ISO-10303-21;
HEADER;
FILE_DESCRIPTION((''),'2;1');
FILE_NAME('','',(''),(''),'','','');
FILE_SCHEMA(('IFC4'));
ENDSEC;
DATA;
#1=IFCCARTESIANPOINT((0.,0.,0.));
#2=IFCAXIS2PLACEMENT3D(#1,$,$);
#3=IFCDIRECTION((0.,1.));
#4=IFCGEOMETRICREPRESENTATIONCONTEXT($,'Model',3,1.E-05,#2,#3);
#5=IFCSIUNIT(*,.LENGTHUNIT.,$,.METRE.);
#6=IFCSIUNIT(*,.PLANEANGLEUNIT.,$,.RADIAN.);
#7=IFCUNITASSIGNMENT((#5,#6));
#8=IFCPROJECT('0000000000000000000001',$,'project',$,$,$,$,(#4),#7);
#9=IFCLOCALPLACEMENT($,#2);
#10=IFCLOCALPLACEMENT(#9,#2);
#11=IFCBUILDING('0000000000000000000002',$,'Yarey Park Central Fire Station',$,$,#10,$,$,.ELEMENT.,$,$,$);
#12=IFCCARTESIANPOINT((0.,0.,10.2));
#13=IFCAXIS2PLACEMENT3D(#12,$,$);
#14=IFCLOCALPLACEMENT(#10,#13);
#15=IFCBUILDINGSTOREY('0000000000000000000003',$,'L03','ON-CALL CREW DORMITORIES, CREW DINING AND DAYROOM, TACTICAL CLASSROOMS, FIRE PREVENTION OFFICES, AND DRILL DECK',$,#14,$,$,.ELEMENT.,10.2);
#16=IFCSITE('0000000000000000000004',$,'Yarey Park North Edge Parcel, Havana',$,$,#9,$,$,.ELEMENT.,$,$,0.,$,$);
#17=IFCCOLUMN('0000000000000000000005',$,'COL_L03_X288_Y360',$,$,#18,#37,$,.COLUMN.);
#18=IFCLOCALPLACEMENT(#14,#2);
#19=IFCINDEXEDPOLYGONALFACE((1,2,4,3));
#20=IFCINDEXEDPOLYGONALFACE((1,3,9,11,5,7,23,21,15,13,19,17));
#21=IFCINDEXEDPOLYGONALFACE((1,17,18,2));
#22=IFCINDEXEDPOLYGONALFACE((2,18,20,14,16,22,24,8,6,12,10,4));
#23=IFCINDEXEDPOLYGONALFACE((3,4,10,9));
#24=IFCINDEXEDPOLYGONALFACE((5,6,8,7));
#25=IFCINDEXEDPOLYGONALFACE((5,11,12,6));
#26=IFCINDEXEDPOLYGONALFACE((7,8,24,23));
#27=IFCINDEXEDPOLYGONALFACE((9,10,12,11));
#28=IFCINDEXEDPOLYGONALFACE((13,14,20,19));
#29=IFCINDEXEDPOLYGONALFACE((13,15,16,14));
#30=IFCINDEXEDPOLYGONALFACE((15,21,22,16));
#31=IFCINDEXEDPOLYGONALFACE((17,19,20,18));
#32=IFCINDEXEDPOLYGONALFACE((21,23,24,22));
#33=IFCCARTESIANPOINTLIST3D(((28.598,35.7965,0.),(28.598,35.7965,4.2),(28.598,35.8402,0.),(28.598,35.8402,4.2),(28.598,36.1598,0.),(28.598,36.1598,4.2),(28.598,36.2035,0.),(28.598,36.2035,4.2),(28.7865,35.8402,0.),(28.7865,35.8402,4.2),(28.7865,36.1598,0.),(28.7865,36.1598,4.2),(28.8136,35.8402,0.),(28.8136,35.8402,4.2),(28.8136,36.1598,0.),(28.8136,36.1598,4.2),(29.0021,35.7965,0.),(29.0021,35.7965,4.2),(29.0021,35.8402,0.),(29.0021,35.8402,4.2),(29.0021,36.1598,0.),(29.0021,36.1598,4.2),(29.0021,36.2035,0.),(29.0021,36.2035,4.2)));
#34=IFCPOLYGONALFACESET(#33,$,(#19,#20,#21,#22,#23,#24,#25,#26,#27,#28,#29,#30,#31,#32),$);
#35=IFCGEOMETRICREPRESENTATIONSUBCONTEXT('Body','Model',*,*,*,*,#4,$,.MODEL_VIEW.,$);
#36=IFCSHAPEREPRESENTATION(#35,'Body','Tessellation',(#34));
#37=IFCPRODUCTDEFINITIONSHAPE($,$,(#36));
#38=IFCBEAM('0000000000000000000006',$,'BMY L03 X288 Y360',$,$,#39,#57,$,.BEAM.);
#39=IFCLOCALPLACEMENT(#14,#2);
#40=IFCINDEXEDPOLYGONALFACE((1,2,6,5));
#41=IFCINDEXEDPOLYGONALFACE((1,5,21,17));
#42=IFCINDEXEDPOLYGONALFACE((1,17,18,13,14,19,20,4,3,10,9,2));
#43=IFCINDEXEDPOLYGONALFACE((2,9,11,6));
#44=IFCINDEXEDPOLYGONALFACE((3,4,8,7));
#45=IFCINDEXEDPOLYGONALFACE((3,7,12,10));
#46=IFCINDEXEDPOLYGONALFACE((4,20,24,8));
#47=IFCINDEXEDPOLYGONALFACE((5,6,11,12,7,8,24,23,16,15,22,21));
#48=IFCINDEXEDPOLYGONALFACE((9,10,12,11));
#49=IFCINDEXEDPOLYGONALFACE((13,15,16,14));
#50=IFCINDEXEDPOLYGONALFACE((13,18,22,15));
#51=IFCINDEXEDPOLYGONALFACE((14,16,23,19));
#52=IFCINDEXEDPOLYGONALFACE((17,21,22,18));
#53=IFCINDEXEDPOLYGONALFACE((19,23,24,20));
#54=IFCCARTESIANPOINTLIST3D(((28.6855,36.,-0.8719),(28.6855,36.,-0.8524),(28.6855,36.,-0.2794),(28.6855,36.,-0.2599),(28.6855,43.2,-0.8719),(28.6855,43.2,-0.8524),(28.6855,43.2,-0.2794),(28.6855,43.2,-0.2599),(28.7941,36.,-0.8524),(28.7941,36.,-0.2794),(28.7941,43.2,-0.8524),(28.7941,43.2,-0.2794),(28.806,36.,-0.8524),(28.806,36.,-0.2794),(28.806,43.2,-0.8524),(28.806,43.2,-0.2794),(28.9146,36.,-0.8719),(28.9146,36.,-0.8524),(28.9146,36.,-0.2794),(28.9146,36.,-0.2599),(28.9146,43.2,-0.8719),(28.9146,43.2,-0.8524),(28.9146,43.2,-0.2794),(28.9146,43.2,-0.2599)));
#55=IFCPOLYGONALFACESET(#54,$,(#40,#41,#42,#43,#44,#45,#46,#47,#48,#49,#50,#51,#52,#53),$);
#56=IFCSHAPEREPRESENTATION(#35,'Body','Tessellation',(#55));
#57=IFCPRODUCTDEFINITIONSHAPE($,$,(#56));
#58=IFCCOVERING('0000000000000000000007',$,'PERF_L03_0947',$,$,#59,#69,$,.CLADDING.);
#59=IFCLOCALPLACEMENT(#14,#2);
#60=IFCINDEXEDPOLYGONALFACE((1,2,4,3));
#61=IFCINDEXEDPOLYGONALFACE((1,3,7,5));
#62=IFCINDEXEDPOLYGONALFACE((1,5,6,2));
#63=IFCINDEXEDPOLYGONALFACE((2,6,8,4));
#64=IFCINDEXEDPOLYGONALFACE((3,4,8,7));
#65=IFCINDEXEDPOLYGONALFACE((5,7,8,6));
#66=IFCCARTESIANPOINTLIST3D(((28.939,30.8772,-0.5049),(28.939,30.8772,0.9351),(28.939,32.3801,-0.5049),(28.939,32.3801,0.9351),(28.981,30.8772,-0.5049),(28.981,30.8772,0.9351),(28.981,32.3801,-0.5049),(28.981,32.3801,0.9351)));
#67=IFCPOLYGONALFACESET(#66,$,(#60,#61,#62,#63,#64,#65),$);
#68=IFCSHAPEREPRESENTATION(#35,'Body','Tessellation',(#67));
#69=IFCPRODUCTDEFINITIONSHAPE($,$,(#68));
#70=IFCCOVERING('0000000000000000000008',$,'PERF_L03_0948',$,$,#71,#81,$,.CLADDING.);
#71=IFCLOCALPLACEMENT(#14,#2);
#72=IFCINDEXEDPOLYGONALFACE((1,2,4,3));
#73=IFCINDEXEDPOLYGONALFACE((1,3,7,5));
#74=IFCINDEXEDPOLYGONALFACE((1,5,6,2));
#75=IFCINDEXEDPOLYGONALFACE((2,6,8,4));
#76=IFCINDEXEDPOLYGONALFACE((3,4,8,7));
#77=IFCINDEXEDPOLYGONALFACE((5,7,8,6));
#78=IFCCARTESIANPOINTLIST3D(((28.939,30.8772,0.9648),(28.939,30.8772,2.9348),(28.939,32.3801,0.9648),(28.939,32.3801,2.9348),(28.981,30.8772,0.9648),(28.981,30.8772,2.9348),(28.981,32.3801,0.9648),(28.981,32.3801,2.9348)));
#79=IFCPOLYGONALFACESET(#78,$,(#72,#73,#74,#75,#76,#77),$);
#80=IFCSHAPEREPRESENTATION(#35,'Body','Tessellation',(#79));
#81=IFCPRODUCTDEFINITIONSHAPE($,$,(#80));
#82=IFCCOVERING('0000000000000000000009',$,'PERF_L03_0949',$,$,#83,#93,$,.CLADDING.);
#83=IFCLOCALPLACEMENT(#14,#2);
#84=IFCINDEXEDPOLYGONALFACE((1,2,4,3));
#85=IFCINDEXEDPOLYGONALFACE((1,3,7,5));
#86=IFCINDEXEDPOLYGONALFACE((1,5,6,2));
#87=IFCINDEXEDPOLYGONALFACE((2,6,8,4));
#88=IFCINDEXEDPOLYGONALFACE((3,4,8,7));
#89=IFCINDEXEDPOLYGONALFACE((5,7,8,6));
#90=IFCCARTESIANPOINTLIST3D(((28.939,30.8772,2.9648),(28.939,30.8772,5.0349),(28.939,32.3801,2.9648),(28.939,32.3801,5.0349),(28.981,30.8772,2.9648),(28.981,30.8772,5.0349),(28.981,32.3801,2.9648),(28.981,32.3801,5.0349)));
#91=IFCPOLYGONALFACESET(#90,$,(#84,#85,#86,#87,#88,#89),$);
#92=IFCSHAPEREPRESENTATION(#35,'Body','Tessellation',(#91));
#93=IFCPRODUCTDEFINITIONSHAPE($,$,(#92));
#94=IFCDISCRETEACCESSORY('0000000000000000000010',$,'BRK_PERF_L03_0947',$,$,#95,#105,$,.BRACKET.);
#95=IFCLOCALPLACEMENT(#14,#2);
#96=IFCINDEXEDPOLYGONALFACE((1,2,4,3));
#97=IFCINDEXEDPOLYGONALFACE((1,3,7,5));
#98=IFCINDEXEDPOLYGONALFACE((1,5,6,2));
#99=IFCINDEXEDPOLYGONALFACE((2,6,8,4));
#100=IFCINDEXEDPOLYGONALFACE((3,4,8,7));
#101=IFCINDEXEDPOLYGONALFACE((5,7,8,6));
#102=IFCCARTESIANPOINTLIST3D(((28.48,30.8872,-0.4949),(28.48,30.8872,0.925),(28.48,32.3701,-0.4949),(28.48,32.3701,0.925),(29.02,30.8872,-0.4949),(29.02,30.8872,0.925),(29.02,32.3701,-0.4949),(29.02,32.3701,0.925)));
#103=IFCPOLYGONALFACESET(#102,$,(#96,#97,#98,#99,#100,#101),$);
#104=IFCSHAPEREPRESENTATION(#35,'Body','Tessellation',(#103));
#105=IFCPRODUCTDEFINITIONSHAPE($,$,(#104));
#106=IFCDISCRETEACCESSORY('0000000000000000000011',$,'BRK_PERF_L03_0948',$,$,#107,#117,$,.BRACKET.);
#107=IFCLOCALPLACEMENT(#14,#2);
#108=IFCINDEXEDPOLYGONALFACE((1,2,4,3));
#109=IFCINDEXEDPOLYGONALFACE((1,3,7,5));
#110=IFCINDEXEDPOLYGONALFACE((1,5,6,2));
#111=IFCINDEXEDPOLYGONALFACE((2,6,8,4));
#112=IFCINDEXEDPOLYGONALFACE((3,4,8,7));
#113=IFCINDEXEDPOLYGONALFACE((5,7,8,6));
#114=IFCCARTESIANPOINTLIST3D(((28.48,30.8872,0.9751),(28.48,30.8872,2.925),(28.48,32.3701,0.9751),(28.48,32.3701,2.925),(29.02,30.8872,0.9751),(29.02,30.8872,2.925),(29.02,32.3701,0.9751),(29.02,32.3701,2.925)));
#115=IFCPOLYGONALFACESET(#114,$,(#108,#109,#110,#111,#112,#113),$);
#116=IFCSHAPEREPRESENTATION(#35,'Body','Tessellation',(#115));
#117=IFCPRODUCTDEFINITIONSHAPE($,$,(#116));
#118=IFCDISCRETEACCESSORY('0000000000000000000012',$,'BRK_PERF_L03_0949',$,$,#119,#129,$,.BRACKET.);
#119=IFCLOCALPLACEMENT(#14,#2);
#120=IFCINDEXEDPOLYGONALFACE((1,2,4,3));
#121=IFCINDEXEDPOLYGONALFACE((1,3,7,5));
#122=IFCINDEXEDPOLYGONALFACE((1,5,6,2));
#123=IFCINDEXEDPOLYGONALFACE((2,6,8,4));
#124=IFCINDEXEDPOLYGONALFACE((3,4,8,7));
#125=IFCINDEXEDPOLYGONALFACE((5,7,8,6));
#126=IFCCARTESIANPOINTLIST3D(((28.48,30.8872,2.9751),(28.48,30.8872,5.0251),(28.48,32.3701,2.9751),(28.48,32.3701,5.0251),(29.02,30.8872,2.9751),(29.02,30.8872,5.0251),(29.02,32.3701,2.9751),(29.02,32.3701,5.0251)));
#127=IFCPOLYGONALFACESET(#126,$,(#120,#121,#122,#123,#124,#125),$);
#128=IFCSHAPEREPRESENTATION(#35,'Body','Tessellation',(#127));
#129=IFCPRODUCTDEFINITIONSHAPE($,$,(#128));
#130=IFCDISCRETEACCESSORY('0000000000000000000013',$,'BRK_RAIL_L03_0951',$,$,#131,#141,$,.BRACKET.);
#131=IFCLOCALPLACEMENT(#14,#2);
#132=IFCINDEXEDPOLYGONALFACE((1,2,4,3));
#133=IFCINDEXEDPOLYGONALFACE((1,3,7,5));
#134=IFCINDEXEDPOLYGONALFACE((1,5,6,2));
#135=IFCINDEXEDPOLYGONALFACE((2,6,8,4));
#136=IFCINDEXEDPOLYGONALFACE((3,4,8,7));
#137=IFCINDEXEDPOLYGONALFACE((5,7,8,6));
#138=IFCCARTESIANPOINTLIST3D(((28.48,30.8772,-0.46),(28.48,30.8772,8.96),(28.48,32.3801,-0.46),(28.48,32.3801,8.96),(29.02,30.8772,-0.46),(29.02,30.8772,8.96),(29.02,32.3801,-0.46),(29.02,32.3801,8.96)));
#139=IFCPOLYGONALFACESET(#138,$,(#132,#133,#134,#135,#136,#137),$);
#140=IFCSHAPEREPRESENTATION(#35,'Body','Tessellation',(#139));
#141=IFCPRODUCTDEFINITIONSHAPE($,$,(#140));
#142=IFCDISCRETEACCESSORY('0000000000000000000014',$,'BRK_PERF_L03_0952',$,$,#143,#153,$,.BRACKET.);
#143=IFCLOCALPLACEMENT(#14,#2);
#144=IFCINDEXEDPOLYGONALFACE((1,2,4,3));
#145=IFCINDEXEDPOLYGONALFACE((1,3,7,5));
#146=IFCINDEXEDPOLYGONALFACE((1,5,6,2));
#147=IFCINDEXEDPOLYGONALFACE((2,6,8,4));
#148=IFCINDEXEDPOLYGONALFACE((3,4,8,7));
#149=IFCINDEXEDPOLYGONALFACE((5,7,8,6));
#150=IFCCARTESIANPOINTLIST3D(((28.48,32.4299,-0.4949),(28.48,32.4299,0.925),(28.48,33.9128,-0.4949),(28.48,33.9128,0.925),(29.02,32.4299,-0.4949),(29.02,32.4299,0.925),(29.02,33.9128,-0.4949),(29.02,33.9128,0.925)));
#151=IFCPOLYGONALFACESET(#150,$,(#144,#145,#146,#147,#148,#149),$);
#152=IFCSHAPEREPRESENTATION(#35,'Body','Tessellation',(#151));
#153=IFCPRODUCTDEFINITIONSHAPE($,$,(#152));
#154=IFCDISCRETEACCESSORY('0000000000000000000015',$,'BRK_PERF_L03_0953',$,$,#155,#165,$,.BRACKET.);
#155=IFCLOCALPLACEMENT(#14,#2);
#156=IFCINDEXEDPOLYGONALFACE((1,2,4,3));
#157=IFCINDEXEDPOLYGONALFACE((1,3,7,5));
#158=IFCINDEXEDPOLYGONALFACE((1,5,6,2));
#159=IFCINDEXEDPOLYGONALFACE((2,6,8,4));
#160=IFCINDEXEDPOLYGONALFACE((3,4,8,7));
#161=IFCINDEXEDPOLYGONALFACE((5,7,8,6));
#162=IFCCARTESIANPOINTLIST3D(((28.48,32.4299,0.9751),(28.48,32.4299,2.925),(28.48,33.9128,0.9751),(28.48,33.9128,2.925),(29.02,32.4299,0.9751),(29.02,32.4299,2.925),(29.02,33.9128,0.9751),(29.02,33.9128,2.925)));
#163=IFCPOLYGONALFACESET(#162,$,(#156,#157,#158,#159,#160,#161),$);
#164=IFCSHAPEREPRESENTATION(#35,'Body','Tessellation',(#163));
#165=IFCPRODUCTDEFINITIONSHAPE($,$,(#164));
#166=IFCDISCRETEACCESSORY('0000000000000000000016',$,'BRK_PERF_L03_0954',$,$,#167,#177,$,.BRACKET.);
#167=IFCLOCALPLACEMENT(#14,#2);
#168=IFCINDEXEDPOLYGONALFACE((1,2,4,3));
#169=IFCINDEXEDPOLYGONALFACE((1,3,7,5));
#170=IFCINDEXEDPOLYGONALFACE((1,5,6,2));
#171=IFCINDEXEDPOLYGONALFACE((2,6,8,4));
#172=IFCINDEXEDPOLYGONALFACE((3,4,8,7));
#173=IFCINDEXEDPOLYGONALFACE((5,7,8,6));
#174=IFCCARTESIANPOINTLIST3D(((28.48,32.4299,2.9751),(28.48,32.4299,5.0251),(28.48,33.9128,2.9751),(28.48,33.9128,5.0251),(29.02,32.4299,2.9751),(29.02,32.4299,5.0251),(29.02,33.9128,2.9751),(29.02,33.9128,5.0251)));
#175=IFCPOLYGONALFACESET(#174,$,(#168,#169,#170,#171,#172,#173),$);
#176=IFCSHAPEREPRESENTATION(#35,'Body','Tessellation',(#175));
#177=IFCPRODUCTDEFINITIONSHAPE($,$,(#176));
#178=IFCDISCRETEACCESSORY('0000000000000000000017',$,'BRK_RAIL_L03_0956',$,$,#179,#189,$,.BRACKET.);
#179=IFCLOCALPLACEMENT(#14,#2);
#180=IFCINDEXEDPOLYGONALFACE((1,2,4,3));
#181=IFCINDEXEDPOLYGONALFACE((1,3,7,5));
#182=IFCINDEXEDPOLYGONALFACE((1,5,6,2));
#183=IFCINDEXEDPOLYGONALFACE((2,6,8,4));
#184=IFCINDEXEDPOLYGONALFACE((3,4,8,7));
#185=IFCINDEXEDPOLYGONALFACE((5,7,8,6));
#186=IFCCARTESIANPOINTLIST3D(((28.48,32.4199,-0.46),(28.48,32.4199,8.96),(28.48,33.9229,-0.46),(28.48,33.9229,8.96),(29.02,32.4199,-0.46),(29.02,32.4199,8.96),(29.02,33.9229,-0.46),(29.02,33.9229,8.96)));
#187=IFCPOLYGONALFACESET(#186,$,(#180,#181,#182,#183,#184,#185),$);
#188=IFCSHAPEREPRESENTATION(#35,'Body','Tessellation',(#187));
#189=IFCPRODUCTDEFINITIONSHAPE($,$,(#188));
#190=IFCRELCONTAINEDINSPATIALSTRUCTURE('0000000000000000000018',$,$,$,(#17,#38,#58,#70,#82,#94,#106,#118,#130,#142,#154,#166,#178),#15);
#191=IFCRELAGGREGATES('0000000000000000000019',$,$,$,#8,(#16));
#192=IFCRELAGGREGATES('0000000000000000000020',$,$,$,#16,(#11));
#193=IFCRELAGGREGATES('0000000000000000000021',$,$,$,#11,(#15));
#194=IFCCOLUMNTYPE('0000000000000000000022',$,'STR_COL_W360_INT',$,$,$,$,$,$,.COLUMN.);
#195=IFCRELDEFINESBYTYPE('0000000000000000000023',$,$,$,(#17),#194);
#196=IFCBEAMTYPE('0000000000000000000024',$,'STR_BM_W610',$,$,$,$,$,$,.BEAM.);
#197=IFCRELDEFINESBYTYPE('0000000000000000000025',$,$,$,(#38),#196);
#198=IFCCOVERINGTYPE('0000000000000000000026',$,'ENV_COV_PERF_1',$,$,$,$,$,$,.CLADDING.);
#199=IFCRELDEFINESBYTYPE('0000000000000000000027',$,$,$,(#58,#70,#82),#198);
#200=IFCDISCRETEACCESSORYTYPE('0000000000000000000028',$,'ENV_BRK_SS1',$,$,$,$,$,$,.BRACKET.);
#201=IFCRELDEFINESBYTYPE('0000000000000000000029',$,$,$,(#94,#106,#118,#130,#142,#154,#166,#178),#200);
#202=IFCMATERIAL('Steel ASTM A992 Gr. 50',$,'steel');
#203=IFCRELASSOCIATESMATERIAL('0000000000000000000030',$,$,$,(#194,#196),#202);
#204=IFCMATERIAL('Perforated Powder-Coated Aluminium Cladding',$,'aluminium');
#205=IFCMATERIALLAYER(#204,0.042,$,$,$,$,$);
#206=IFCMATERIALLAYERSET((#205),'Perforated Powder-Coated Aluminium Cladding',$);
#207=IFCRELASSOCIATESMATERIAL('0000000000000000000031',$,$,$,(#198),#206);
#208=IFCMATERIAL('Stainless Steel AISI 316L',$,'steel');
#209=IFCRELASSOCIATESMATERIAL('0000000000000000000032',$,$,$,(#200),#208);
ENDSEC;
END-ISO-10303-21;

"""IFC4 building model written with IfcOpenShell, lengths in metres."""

from ifc_helpers import new_model, si_unit, direction, frame, origin, origin_2d, place, context, subcontext, project, spatial, rectangle, i_section, extrude, material, layer, layer_set, material_profile, profile_set, type_object, element, save


model = new_model("IFC4")

# Units and contexts
model_context = context("Model", 3, precision=1e-05, world=origin(), true_north=direction((0.0, 1.0)))
body_context = subcontext(model_context, "Body", "Model", "MODEL_VIEW")
ifc_project = project(units=[si_unit("LENGTHUNIT", "METRE"), si_unit("PLANEANGLEUNIT", "RADIAN")], contexts=[model_context])

# Site, building, storey
site_placement = place(None, origin())
site = spatial("IfcSite", under=ifc_project, at=site_placement, Name="Yarey Park North Edge Parcel, Havana", CompositionType="ELEMENT", RefElevation=0.0)
building_placement = place(site_placement, origin())
building = spatial("IfcBuilding", under=site, at=building_placement, Name="Yarey Park Central Fire Station", CompositionType="ELEMENT")
storey_placement = place(building_placement, frame((0.0, 0.0, 10.2)))
storey = spatial("IfcBuildingStorey", under=building, at=storey_placement, Name="L03", Description="ON-CALL CREW DORMITORIES, CREW DINING AND DAYROOM, TACTICAL CLASSROOMS, FIRE PREVENTION OFFICES, AND DRILL DECK", CompositionType="ELEMENT", Elevation=10.2)

# Column
ifc_material_1 = material(Name="Steel ASTM A992 Gr. 50", Category="steel")
ifc_material_profile_1 = material_profile(ifc_material_1, i_section(OverallWidth=0.4041, OverallDepth=0.407, WebThickness=0.0271, FlangeThickness=0.0437, at=origin_2d()), Name="W360x347")
ifc_profile_set_1 = profile_set([ifc_material_profile_1], Name="Steel ASTM A992 Gr. 50")
column_type = type_object("IfcColumnType", Name="STR_COL_W360_INT", PredefinedType="COLUMN", material=ifc_profile_set_1)
column_placement = place(storey_placement, frame((28.8, 36.0, 0.0), z_axis=(0.0, 0.0, 1.0), x_axis=(1.0, 0.0, 0.0)))
element("IfcColumn", 1, at=column_placement, inside=storey, type_object=column_type, Name="COL_L03_X288_Y360", PredefinedType="COLUMN", context=body_context, shape_type="SweptSolid", body=[
    extrude(i_section(OverallWidth=0.4041, OverallDepth=0.407, WebThickness=0.0271, FlangeThickness=0.0437, at=origin_2d()), origin(), (0.0, 0.0, 1.0), 4.2),
])

# Beam
ifc_material_profile_2 = material_profile(ifc_material_1, i_section(OverallWidth=0.229, OverallDepth=0.6121, WebThickness=0.012, FlangeThickness=0.0195, at=origin_2d()), Name="W610x125")
ifc_profile_set_2 = profile_set([ifc_material_profile_2], Name="Steel ASTM A992 Gr. 50")
beam_type = type_object("IfcBeamType", Name="STR_BM_W610", PredefinedType="BEAM", material=ifc_profile_set_2)
beam_placement = place(storey_placement, frame((28.8, 36.0, -0.5659), z_axis=(0.0, 1.0, 0.0), x_axis=(-1.0, 0.0, 0.0)))
element("IfcBeam", 2, at=beam_placement, inside=storey, type_object=beam_type, Name="BMY L03 X288 Y360", PredefinedType="BEAM", context=body_context, shape_type="SweptSolid", body=[
    extrude(i_section(OverallWidth=0.229, OverallDepth=0.6121, WebThickness=0.012, FlangeThickness=0.0195, at=origin_2d()), origin(), (0.0, 0.0, 1.0), 7.2),
])

# Coverings
ifc_material_2 = material(Name="Perforated Powder-Coated Aluminium Cladding", Category="aluminium")
ifc_layer = layer(ifc_material_2, 0.042)
ifc_layer_set = layer_set([ifc_layer], Name="Perforated Powder-Coated Aluminium Cladding")
covering_type = type_object("IfcCoveringType", Name="ENV_COV_PERF_1", PredefinedType="CLADDING", material=ifc_layer_set)
covering_1_placement = place(storey_placement, frame((28.96, 31.6287, -0.5049), z_axis=(0.0, 0.0, 1.0), x_axis=(0.0, 1.0, 0.0)))
element("IfcCovering", 3, at=covering_1_placement, inside=storey, type_object=covering_type, Name="PERF_L03_0947", PredefinedType="CLADDING", context=body_context, shape_type="SweptSolid", body=[
    extrude(rectangle(XDim=1.5029, YDim=0.042, at=origin_2d()), origin(), (0.0, 0.0, 1.0), 1.4399),
])
covering_2_placement = place(storey_placement, frame((28.96, 31.6287, 0.9648), z_axis=(0.0, 0.0, 1.0), x_axis=(0.0, 1.0, 0.0)))
element("IfcCovering", 4, at=covering_2_placement, inside=storey, type_object=covering_type, Name="PERF_L03_0948", PredefinedType="CLADDING", context=body_context, shape_type="SweptSolid", body=[
    extrude(rectangle(XDim=1.5029, YDim=0.042, at=origin_2d()), origin(), (0.0, 0.0, 1.0), 1.97),
])
covering_3_placement = place(storey_placement, frame((28.96, 31.6287, 2.9648), z_axis=(0.0, 0.0, 1.0), x_axis=(0.0, 1.0, 0.0)))
element("IfcCovering", 5, at=covering_3_placement, inside=storey, type_object=covering_type, Name="PERF_L03_0949", PredefinedType="CLADDING", context=body_context, shape_type="SweptSolid", body=[
    extrude(rectangle(XDim=1.5029, YDim=0.042, at=origin_2d()), origin(), (0.0, 0.0, 1.0), 2.0701),
])

# Discrete accessories
ifc_material_3 = material(Name="Stainless Steel AISI 316L", Category="steel")
discrete_accessory_type = type_object("IfcDiscreteAccessoryType", Name="ENV_BRK_SS1", PredefinedType="BRACKET", material=ifc_material_3)
discrete_accessory_1_placement = place(storey_placement, frame((28.75, 31.6287, -0.4949), z_axis=(0.0, 0.0, 1.0), x_axis=(1.0, 0.0, 0.0)))
element("IfcDiscreteAccessory", 6, at=discrete_accessory_1_placement, inside=storey, type_object=discrete_accessory_type, Name="BRK_PERF_L03_0947", PredefinedType="BRACKET", context=body_context, shape_type="SweptSolid", body=[
    extrude(rectangle(XDim=0.54, YDim=1.4829, at=origin_2d()), origin(), (0.0, 0.0, 1.0), 1.4199),
])
discrete_accessory_2_placement = place(storey_placement, frame((28.75, 31.6287, 0.9751), z_axis=(0.0, 0.0, 1.0), x_axis=(1.0, 0.0, 0.0)))
element("IfcDiscreteAccessory", 7, at=discrete_accessory_2_placement, inside=storey, type_object=discrete_accessory_type, Name="BRK_PERF_L03_0948", PredefinedType="BRACKET", context=body_context, shape_type="SweptSolid", body=[
    extrude(rectangle(XDim=0.54, YDim=1.4829, at=origin_2d()), origin(), (0.0, 0.0, 1.0), 1.95),
])
discrete_accessory_3_placement = place(storey_placement, frame((28.75, 31.6287, 2.9751), z_axis=(0.0, 0.0, 1.0), x_axis=(1.0, 0.0, 0.0)))
element("IfcDiscreteAccessory", 8, at=discrete_accessory_3_placement, inside=storey, type_object=discrete_accessory_type, Name="BRK_PERF_L03_0949", PredefinedType="BRACKET", context=body_context, shape_type="SweptSolid", body=[
    extrude(rectangle(XDim=0.54, YDim=1.4829, at=origin_2d()), origin(), (0.0, 0.0, 1.0), 2.05),
])
discrete_accessory_4_placement = place(storey_placement, frame((28.75, 31.6287, -0.46), z_axis=(0.0, 0.0, 1.0), x_axis=(1.0, 0.0, 0.0)))
element("IfcDiscreteAccessory", 9, at=discrete_accessory_4_placement, inside=storey, type_object=discrete_accessory_type, Name="BRK_RAIL_L03_0951", PredefinedType="BRACKET", context=body_context, shape_type="SweptSolid", body=[
    extrude(rectangle(XDim=0.54, YDim=1.5029, at=origin_2d()), origin(), (0.0, 0.0, 1.0), 9.4199),
])
discrete_accessory_5_placement = place(storey_placement, frame((28.75, 33.1714, -0.4949), z_axis=(0.0, 0.0, 1.0), x_axis=(1.0, 0.0, 0.0)))
element("IfcDiscreteAccessory", 10, at=discrete_accessory_5_placement, inside=storey, type_object=discrete_accessory_type, Name="BRK_PERF_L03_0952", PredefinedType="BRACKET", context=body_context, shape_type="SweptSolid", body=[
    extrude(rectangle(XDim=0.54, YDim=1.4829, at=origin_2d()), origin(), (0.0, 0.0, 1.0), 1.4199),
])
discrete_accessory_6_placement = place(storey_placement, frame((28.75, 33.1714, 0.9751), z_axis=(0.0, 0.0, 1.0), x_axis=(1.0, 0.0, 0.0)))
element("IfcDiscreteAccessory", 11, at=discrete_accessory_6_placement, inside=storey, type_object=discrete_accessory_type, Name="BRK_PERF_L03_0953", PredefinedType="BRACKET", context=body_context, shape_type="SweptSolid", body=[
    extrude(rectangle(XDim=0.54, YDim=1.4829, at=origin_2d()), origin(), (0.0, 0.0, 1.0), 1.95),
])
discrete_accessory_7_placement = place(storey_placement, frame((28.75, 33.1714, 2.9751), z_axis=(0.0, 0.0, 1.0), x_axis=(1.0, 0.0, 0.0)))
element("IfcDiscreteAccessory", 12, at=discrete_accessory_7_placement, inside=storey, type_object=discrete_accessory_type, Name="BRK_PERF_L03_0954", PredefinedType="BRACKET", context=body_context, shape_type="SweptSolid", body=[
    extrude(rectangle(XDim=0.54, YDim=1.4829, at=origin_2d()), origin(), (0.0, 0.0, 1.0), 2.05),
])
discrete_accessory_8_placement = place(storey_placement, frame((28.75, 33.1714, -0.46), z_axis=(0.0, 0.0, 1.0), x_axis=(1.0, 0.0, 0.0)))
element("IfcDiscreteAccessory", 13, at=discrete_accessory_8_placement, inside=storey, type_object=discrete_accessory_type, Name="BRK_RAIL_L03_0956", PredefinedType="BRACKET", context=body_context, shape_type="SweptSolid", body=[
    extrude(rectangle(XDim=0.54, YDim=1.5029, at=origin_2d()), origin(), (0.0, 0.0, 1.0), 9.4199),
])

save(model, "model.ifc")
